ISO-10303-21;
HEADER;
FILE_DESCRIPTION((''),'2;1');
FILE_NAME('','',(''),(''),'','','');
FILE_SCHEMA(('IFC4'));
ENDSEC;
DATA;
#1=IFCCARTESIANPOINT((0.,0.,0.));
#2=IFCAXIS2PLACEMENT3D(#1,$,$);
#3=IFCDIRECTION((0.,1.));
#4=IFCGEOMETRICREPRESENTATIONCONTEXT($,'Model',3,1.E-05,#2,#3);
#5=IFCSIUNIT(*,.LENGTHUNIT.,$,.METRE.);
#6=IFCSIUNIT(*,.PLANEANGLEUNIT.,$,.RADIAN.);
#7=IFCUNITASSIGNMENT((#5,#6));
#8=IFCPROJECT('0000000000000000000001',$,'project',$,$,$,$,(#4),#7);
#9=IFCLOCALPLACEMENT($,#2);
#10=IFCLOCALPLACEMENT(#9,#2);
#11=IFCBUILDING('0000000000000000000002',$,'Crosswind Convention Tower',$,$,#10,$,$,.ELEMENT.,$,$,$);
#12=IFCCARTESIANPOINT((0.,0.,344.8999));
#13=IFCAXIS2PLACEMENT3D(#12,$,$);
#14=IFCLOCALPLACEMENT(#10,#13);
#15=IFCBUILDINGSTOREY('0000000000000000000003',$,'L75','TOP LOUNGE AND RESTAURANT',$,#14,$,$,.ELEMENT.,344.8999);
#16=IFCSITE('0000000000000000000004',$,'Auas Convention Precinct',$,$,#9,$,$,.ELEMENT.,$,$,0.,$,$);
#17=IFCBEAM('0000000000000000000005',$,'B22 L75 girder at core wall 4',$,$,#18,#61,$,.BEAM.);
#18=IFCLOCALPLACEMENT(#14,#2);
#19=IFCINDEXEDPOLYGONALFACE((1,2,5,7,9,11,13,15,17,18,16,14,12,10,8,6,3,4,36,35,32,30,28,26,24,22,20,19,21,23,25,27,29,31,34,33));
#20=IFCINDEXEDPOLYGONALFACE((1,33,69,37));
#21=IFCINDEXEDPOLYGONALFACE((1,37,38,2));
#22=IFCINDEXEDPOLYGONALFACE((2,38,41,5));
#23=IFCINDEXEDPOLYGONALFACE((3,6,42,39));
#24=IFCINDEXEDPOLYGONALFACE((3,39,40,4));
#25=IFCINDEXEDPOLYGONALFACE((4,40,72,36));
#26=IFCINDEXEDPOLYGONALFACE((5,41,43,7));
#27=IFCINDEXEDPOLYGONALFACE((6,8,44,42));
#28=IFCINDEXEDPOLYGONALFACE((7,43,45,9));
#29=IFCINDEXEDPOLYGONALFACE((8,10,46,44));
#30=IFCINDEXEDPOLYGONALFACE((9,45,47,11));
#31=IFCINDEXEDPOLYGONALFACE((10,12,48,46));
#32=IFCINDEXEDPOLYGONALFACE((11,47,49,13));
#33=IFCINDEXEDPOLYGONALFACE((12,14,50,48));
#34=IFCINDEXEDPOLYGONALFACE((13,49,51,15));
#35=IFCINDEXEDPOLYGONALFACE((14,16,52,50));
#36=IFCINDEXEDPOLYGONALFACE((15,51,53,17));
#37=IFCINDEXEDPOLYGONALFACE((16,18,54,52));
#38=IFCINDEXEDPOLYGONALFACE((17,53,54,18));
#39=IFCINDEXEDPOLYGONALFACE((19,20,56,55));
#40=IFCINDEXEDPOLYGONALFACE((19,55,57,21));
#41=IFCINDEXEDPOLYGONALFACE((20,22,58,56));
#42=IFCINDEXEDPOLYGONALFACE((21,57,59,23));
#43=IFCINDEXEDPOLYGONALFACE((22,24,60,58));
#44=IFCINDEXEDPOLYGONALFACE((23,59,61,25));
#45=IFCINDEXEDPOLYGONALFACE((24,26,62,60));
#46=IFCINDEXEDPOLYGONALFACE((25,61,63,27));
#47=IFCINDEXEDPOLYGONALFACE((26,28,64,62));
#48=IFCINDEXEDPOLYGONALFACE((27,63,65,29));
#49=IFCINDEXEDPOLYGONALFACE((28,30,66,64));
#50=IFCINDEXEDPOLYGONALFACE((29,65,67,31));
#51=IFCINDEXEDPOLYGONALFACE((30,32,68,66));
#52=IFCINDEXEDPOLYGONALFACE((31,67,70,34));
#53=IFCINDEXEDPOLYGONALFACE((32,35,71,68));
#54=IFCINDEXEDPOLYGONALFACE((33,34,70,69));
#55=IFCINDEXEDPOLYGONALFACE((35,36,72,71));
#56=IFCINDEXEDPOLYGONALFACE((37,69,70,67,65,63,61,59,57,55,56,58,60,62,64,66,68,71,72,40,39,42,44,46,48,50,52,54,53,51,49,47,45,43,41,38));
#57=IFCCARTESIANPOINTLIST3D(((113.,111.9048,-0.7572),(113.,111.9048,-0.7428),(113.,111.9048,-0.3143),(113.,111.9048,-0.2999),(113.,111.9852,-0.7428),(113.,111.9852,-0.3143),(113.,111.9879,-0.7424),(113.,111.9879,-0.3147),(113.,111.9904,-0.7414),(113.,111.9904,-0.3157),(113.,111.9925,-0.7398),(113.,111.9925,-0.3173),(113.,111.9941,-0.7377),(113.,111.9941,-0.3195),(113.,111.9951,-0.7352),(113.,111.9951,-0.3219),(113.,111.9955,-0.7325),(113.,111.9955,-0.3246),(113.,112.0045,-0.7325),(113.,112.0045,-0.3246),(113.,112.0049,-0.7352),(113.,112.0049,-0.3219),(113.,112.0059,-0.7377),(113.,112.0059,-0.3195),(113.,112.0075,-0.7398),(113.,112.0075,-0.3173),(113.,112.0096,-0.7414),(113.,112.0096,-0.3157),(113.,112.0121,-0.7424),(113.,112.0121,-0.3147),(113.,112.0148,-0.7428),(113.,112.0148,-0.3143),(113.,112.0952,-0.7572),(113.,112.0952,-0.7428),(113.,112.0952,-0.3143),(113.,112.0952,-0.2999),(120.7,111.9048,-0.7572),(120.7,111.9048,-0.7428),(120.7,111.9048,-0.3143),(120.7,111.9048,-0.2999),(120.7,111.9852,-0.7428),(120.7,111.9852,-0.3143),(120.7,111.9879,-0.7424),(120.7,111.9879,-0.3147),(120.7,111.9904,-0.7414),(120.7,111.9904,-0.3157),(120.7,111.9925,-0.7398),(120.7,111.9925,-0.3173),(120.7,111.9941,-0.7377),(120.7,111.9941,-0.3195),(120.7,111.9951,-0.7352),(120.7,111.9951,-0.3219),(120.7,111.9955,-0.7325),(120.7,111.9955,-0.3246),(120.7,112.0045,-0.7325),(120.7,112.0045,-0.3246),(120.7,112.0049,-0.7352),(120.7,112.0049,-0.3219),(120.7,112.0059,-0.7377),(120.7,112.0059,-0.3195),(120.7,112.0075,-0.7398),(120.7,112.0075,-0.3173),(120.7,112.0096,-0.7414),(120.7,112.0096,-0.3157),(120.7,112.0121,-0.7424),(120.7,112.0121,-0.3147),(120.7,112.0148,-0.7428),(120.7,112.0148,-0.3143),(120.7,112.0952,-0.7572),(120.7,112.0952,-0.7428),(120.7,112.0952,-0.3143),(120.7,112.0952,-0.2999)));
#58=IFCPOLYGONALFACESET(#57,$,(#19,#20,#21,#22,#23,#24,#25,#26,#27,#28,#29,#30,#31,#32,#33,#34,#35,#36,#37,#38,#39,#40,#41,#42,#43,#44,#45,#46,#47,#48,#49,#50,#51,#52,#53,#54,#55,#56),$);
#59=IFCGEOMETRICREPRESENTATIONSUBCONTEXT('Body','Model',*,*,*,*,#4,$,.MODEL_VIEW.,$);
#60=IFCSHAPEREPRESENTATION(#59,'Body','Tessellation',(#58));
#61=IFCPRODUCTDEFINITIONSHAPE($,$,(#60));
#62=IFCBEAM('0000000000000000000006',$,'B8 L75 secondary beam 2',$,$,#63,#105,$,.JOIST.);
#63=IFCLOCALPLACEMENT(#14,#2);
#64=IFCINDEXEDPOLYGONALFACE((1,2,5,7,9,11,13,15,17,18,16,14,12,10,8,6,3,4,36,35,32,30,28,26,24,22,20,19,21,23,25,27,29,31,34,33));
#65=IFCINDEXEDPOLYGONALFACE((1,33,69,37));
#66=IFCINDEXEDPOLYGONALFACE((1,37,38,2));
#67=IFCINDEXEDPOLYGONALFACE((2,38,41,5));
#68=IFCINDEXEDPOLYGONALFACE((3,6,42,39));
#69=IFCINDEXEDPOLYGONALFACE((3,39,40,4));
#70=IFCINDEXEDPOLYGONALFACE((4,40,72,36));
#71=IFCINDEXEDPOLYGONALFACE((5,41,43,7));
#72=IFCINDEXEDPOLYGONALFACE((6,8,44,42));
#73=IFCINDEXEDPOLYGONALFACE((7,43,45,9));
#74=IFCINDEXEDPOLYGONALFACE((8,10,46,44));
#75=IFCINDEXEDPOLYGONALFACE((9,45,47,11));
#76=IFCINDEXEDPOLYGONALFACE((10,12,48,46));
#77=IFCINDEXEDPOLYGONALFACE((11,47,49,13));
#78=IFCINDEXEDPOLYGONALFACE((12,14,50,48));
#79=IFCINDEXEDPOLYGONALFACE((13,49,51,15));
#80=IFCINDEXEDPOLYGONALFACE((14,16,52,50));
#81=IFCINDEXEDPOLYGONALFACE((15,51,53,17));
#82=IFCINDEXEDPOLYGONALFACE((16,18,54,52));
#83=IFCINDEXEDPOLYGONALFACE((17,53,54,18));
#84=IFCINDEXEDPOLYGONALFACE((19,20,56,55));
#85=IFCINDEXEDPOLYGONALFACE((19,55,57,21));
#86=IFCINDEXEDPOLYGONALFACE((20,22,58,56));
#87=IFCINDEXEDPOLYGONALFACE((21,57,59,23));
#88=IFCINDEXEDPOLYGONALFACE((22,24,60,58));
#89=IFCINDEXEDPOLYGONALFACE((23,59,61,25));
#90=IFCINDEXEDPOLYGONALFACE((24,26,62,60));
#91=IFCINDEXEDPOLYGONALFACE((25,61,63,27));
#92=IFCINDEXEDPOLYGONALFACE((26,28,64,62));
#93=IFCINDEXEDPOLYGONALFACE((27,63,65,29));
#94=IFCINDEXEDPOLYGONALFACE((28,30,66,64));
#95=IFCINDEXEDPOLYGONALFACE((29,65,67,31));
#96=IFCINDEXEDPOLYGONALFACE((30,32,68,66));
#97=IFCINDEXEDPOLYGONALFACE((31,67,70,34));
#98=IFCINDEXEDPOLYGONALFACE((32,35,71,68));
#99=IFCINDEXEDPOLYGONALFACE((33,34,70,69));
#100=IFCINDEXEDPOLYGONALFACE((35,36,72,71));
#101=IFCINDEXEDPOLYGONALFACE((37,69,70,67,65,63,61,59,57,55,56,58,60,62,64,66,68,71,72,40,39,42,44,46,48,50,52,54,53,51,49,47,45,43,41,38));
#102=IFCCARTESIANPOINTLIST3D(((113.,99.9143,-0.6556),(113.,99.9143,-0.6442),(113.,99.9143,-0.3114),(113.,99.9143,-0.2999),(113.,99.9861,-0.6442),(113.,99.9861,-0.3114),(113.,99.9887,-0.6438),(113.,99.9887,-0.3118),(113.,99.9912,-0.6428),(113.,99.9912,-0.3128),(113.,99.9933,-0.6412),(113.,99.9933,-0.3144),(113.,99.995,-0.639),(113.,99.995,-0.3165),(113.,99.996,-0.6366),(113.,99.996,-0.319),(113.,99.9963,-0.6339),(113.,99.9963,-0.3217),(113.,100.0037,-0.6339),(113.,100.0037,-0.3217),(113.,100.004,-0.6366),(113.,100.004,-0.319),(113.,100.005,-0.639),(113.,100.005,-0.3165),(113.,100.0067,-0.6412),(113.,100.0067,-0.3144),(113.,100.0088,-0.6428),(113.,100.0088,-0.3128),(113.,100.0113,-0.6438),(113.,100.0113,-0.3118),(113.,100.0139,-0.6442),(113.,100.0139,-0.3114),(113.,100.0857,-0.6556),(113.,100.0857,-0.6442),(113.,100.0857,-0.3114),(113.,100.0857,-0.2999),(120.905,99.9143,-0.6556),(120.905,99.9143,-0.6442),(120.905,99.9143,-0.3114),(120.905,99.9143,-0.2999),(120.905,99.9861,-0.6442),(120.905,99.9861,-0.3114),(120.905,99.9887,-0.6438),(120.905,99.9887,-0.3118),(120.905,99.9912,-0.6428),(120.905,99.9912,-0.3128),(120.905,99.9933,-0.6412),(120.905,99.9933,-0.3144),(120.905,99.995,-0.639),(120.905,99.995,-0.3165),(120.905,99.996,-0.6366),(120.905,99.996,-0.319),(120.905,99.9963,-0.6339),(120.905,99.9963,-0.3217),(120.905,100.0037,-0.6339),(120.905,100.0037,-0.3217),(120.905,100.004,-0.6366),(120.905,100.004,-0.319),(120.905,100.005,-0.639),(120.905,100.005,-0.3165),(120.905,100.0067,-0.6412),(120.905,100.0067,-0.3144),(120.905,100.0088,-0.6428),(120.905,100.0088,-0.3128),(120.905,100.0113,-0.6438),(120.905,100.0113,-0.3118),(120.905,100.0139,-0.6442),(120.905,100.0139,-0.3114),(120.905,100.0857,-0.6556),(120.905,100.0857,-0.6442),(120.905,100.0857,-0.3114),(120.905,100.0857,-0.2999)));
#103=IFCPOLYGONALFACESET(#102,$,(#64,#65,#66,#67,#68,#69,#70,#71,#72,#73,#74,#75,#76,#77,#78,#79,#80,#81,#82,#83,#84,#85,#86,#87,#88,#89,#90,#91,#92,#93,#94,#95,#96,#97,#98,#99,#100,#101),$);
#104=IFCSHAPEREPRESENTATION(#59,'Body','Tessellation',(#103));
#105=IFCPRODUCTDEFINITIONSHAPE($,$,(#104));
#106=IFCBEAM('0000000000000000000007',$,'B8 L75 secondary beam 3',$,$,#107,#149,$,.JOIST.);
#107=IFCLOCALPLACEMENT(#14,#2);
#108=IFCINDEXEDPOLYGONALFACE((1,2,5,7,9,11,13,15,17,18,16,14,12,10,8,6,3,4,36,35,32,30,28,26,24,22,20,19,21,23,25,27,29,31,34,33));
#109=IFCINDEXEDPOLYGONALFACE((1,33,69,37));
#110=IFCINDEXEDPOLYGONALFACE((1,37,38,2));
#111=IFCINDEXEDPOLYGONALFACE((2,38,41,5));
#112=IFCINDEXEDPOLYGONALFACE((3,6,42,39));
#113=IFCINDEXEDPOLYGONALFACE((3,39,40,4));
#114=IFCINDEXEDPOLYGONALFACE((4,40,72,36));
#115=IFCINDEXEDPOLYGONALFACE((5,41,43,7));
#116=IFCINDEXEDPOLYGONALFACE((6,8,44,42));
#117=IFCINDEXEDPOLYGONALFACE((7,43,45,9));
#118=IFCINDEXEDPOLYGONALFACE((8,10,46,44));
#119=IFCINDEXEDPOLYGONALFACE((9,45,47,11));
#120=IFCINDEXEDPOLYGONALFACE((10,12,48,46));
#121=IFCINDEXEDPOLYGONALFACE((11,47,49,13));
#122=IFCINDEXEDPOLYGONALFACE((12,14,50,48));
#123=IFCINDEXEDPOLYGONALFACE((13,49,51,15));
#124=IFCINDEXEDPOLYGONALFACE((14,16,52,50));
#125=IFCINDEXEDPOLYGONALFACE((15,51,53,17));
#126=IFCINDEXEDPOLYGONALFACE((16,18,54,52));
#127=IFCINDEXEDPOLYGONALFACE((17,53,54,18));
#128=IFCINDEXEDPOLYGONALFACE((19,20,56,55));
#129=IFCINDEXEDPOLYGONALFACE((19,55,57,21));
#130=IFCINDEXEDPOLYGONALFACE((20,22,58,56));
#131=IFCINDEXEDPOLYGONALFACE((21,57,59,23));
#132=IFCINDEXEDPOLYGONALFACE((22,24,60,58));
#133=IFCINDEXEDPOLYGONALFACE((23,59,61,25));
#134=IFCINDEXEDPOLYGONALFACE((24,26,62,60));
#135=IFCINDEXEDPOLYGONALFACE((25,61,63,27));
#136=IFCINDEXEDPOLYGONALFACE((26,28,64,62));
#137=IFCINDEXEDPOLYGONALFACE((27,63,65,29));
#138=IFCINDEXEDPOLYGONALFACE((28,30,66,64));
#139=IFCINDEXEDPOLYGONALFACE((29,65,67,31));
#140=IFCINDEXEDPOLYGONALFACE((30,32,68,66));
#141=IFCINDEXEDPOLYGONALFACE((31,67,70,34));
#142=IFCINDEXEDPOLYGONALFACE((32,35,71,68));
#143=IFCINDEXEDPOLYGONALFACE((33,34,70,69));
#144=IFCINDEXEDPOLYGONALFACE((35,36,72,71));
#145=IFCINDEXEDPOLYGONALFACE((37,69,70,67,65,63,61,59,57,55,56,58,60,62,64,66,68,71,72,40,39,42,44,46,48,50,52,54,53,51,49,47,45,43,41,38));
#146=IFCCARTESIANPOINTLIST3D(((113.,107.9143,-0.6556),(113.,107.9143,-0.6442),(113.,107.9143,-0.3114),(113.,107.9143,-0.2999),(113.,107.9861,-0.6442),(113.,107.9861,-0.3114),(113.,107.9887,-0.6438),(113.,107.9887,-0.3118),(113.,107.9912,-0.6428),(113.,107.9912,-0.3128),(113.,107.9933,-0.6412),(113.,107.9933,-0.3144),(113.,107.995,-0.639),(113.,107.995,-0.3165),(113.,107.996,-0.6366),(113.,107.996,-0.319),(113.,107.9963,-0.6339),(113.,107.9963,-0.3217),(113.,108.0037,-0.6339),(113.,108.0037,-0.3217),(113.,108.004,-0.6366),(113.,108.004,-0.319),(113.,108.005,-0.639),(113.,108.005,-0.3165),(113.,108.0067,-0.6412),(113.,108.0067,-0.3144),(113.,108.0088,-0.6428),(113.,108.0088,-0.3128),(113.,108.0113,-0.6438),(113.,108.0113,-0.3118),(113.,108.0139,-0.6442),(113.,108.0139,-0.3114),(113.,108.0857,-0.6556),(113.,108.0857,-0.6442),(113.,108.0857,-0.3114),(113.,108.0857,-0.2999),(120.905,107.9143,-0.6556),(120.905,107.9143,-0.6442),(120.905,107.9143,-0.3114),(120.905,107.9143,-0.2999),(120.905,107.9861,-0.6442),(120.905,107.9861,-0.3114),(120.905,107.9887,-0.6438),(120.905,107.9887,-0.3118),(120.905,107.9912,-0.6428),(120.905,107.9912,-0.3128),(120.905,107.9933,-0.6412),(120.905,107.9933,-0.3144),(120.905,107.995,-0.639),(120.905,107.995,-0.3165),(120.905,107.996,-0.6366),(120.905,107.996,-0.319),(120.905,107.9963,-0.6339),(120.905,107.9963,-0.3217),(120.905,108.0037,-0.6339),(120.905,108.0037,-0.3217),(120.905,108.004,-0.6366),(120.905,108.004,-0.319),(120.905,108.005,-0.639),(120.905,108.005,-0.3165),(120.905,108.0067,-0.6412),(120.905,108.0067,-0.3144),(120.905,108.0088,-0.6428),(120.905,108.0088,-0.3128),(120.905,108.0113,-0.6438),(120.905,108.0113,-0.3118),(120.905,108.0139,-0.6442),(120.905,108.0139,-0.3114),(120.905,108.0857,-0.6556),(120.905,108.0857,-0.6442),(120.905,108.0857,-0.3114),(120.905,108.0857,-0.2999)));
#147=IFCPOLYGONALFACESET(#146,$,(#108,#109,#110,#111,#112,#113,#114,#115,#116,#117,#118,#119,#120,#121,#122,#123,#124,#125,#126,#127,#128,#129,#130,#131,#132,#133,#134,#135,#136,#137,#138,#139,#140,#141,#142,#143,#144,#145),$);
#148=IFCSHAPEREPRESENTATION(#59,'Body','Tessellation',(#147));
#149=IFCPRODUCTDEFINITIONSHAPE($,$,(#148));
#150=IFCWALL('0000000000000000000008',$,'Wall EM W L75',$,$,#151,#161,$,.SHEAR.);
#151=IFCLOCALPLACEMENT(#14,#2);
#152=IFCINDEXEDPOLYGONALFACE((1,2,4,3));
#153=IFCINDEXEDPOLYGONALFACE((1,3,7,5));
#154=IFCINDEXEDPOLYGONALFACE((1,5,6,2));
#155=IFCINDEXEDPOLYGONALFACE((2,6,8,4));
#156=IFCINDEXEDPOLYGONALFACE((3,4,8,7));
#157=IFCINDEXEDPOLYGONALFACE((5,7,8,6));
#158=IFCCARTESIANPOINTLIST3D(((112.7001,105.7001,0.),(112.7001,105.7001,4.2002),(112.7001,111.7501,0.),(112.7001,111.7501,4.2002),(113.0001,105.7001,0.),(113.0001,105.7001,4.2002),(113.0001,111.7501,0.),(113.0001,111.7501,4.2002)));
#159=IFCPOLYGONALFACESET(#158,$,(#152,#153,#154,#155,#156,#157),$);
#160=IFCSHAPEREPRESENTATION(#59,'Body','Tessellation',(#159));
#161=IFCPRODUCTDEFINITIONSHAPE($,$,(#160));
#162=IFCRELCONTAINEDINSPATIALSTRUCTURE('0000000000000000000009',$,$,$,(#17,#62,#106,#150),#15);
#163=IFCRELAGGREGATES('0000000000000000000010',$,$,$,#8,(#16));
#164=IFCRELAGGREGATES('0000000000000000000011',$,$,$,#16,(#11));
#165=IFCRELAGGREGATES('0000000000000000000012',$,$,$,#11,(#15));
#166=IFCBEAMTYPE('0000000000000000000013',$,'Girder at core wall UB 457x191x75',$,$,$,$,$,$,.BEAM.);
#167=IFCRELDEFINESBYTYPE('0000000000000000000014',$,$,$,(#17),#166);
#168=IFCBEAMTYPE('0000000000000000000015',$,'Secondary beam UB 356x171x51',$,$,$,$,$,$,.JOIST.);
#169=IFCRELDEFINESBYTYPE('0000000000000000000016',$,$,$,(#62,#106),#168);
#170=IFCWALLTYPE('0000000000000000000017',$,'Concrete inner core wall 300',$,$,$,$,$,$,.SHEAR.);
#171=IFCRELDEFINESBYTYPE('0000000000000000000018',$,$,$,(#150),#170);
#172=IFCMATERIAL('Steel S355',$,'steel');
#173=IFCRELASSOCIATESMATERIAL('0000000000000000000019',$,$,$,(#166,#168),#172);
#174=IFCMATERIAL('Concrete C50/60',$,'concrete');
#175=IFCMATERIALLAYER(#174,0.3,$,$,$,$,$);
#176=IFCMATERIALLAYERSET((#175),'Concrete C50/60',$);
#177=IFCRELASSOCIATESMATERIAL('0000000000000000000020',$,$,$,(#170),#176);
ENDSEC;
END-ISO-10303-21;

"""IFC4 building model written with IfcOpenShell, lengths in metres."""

from ifc_helpers import new_model, si_unit, direction, frame, frame_2d, origin, origin_2d, place, context, subcontext, project, spatial, rectangle, i_section, extrude, material, layer, layer_set, material_profile, profile_set, type_object, element, save


model = new_model("IFC4")

# Units and contexts
model_context = context("Model", 3, precision=1e-05, world=origin(), true_north=direction((0.0, 1.0)))
body_context = subcontext(model_context, "Body", "Model", "MODEL_VIEW")
ifc_project = project(units=[si_unit("LENGTHUNIT", "METRE"), si_unit("PLANEANGLEUNIT", "RADIAN")], contexts=[model_context])

# Site, building, storey
site_placement = place(None, origin())
site = spatial("IfcSite", under=ifc_project, at=site_placement, Name="Auas Convention Precinct", CompositionType="ELEMENT", RefElevation=0.0)
building_placement = place(site_placement, origin())
building = spatial("IfcBuilding", under=site, at=building_placement, Name="Crosswind Convention Tower", CompositionType="ELEMENT")
storey_placement = place(building_placement, frame((0.0, 0.0, 344.8999)))
storey = spatial("IfcBuildingStorey", under=building, at=storey_placement, Name="L75", Description="TOP LOUNGE AND RESTAURANT", CompositionType="ELEMENT", Elevation=344.8999)

# Beams
ifc_material_1 = material(Name="Steel S355", Category="steel")
ifc_material_profile_1 = material_profile(ifc_material_1, i_section(OverallWidth=0.1904, OverallDepth=0.4573, WebThickness=0.009, FlangeThickness=0.0144, FilletRadius=0.0103, at=origin_2d()), Name="UB 457x191x75")
ifc_profile_set_1 = profile_set([ifc_material_profile_1], Name="Steel S355")
beam_type_1 = type_object("IfcBeamType", Name="Girder at core wall UB 457x191x75", PredefinedType="BEAM", material=ifc_profile_set_1)
for number, where, z_axis, x_axis, name in (
    (1, (113.0, 112.0, -0.5286), (1.0, 0.0, 0.0), (0.0, 1.0, 0.0), "B22 L75 girder at core wall 4"),
):
    element("IfcBeam", number, at=place(storey_placement, frame(where, z_axis=z_axis, x_axis=x_axis)), inside=storey, type_object=beam_type_1, Name=name, PredefinedType="BEAM", context=body_context, shape_type="SweptSolid", body=[
        extrude(i_section(OverallWidth=0.1904, OverallDepth=0.4573, WebThickness=0.009, FlangeThickness=0.0144, FilletRadius=0.0103, at=origin_2d()), origin(), (0.0, 0.0, 1.0), 7.7),
    ])
ifc_material_profile_2 = material_profile(ifc_material_1, i_section(OverallWidth=0.1714, OverallDepth=0.3557, WebThickness=0.0073, FlangeThickness=0.0115, FilletRadius=0.0103, at=origin_2d()), Name="UB 356x171x51")
ifc_profile_set_2 = profile_set([ifc_material_profile_2], Name="Steel S355")
beam_type_2 = type_object("IfcBeamType", Name="Secondary beam UB 356x171x51", PredefinedType="JOIST", material=ifc_profile_set_2)
for number, where, z_axis, x_axis, name in (
    (2, (113.0, 100.0, -0.4778), (1.0, 0.0, 0.0), (0.0, 1.0, 0.0), "B8 L75 secondary beam 2"),
    (3, (113.0, 108.0, -0.4778), (1.0, 0.0, 0.0), (0.0, 1.0, 0.0), "B8 L75 secondary beam 3"),
):
    element("IfcBeam", number, at=place(storey_placement, frame(where, z_axis=z_axis, x_axis=x_axis)), inside=storey, type_object=beam_type_2, Name=name, PredefinedType="JOIST", context=body_context, shape_type="SweptSolid", body=[
        extrude(i_section(OverallWidth=0.1714, OverallDepth=0.3557, WebThickness=0.0073, FlangeThickness=0.0115, FilletRadius=0.0103, at=origin_2d()), origin(), (0.0, 0.0, 1.0), 7.905),
    ])

# Shared definitions
ifc_material_2 = material(Name="Concrete C50/60", Category="concrete")
ifc_layer_1 = layer(ifc_material_2, 0.3)
ifc_layer_set_1 = layer_set([ifc_layer_1], Name="Concrete C50/60")
wall_type_1 = type_object("IfcWallType", Name="Concrete inner core wall 300", PredefinedType="SHEAR", material=ifc_layer_set_1)

# Wall
wall_1_placement = place(storey_placement, frame((112.8501, 111.75, 0.0), z_axis=(0.0, 0.0, 1.0), x_axis=(0.0, -1.0, 0.0)))
element("IfcWall", 4, at=wall_1_placement, inside=storey, type_object=wall_type_1, Name="Wall EM W L75", PredefinedType="SHEAR", context=body_context, shape_type="SweptSolid", body=[
    extrude(rectangle(XDim=6.05, YDim=0.3, at=frame_2d((3.0249, 0.0))), origin(), (0.0, 0.0, 1.0), 4.2002),
])

save(model, "model.ifc")
